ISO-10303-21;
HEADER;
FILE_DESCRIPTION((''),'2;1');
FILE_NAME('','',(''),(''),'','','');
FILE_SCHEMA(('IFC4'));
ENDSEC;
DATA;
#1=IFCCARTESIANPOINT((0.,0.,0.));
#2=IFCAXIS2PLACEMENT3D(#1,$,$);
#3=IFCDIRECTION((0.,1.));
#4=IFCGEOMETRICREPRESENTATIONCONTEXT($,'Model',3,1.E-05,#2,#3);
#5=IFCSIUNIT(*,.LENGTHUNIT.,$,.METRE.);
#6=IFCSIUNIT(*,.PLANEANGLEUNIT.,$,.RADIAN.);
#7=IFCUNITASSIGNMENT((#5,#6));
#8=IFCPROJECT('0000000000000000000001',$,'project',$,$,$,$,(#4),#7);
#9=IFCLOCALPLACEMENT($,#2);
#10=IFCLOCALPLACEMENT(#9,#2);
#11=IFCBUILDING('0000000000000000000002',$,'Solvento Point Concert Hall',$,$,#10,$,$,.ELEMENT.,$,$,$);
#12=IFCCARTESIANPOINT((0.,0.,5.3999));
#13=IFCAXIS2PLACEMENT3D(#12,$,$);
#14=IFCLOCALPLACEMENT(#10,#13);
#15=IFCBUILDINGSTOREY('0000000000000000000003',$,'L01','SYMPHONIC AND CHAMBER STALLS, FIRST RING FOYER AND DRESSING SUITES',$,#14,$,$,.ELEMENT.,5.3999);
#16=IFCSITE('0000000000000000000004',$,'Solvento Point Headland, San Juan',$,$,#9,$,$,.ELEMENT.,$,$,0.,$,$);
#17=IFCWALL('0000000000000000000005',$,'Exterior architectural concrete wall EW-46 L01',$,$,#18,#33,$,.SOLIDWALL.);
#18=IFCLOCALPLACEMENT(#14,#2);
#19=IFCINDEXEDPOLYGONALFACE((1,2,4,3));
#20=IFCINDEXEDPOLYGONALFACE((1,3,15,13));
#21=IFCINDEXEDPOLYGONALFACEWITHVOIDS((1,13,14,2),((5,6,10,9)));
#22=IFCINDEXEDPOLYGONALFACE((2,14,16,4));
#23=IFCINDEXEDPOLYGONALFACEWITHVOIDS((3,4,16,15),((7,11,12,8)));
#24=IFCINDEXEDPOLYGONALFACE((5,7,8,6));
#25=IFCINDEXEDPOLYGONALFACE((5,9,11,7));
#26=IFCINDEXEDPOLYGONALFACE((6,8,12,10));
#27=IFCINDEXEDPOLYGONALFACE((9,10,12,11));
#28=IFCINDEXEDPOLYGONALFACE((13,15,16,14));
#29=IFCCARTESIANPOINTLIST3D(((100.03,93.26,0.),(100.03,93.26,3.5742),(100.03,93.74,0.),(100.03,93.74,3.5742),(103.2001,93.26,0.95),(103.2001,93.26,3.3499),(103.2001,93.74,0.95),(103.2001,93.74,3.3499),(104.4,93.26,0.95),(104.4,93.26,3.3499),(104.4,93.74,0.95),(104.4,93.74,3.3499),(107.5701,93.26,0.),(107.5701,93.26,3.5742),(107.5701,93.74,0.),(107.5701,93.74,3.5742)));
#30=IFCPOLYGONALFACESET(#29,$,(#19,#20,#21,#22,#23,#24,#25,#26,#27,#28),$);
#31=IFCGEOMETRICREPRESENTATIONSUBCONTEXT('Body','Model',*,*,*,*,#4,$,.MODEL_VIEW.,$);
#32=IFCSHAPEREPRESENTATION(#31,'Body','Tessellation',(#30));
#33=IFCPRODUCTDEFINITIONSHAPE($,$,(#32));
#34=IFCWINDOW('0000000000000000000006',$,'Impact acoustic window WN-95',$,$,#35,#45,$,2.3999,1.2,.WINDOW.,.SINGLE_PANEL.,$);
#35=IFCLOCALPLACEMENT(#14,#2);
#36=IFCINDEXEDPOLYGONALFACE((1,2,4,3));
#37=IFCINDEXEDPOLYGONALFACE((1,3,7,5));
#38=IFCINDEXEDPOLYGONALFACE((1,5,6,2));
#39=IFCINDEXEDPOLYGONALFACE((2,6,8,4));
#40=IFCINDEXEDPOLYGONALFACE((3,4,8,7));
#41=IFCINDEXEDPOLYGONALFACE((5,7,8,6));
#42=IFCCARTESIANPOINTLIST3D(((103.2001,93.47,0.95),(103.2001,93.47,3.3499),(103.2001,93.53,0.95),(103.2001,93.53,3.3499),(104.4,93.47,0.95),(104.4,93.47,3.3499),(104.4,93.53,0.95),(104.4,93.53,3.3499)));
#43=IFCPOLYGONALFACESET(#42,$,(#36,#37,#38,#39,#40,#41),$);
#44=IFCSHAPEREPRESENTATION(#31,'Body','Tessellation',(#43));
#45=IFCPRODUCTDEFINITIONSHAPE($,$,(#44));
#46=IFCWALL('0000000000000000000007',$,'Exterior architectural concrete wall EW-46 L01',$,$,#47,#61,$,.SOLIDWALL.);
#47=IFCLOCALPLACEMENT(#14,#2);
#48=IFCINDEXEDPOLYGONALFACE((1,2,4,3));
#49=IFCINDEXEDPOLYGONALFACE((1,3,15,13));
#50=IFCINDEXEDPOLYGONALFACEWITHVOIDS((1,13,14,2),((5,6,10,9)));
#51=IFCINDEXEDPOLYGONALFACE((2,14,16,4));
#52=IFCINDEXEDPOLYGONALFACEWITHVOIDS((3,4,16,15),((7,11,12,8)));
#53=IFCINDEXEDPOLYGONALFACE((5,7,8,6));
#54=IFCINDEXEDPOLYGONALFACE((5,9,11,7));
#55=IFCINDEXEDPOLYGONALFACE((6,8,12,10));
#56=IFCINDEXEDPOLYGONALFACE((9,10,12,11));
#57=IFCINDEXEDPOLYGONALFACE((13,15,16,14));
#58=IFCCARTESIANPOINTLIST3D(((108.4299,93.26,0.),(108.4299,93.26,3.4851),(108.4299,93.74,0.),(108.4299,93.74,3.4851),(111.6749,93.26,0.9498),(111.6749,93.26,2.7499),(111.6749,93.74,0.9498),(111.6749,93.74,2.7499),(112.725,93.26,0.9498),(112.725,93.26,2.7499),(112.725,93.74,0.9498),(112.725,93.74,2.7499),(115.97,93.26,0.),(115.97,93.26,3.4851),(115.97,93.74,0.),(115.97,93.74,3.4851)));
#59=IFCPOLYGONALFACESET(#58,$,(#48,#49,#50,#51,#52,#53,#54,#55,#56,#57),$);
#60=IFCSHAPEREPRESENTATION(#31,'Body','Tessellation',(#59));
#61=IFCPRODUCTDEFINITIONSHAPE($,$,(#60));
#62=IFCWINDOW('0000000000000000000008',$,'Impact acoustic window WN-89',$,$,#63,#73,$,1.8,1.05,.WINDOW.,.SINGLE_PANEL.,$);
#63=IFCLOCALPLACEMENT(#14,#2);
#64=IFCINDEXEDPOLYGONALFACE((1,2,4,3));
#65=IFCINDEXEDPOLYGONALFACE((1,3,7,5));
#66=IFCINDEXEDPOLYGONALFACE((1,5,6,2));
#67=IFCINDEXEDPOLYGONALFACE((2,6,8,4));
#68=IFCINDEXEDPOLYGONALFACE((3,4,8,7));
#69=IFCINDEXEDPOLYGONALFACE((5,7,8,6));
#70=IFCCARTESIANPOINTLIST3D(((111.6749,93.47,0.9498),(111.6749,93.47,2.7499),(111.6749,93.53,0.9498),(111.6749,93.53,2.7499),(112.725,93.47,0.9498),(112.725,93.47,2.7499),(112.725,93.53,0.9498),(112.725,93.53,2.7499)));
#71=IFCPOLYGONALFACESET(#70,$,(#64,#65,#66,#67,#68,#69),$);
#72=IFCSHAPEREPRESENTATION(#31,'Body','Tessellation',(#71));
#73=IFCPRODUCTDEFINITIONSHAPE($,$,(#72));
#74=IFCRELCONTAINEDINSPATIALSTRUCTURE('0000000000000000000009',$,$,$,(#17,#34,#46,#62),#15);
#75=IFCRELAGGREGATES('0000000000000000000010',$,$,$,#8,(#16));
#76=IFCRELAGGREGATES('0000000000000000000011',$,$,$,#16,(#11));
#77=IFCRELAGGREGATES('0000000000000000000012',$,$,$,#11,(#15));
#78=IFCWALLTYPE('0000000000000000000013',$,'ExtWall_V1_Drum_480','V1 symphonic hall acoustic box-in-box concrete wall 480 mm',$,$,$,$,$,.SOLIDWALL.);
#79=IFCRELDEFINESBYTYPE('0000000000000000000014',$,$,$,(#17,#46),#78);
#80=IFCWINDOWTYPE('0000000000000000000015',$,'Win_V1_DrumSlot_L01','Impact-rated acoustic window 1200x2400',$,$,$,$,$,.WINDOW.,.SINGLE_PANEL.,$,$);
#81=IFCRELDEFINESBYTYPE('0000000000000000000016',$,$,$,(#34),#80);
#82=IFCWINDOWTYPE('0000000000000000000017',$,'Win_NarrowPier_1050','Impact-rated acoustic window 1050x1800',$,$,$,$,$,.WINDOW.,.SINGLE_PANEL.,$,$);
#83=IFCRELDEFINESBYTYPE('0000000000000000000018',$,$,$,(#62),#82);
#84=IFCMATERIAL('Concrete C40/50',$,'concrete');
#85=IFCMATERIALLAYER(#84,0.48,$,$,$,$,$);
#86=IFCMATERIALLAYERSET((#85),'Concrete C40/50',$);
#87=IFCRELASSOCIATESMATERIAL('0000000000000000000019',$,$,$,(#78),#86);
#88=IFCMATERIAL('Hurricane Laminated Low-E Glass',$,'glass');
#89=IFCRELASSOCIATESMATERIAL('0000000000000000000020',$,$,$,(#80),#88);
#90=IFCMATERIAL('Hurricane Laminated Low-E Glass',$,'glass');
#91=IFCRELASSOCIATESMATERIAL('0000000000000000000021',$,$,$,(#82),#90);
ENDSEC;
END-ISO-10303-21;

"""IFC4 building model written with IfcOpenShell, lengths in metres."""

from ifc_helpers import new_model, si_unit, direction, frame, frame_2d, origin, place, context, subcontext, project, spatial, rectangle, extrude, material, layer, layer_set, type_object, element, fill, save


model = new_model("IFC4")

# Units and contexts
model_context = context("Model", 3, precision=1e-05, world=origin(), true_north=direction((0.0, 1.0)))
body_context = subcontext(model_context, "Body", "Model", "MODEL_VIEW")
ifc_project = project(units=[si_unit("LENGTHUNIT", "METRE"), si_unit("PLANEANGLEUNIT", "RADIAN")], contexts=[model_context])

# Site, building, storey
site_placement = place(None, origin())
site = spatial("IfcSite", under=ifc_project, at=site_placement, Name="Solvento Point Headland, San Juan", CompositionType="ELEMENT", RefElevation=0.0)
building_placement = place(site_placement, origin())
building = spatial("IfcBuilding", under=site, at=building_placement, Name="Solvento Point Concert Hall", CompositionType="ELEMENT")
storey_placement = place(building_placement, frame((0.0, 0.0, 5.3999)))
storey = spatial("IfcBuildingStorey", under=building, at=storey_placement, Name="L01", Description="SYMPHONIC AND CHAMBER STALLS, FIRST RING FOYER AND DRESSING SUITES", CompositionType="ELEMENT", Elevation=5.3999)

# Walls, openings, windows
ifc_material_1 = material(Name="Concrete C40/50", Category="concrete")
ifc_layer_1 = layer(ifc_material_1, 0.48)
ifc_layer_set_1 = layer_set([ifc_layer_1], Name="Concrete C40/50")
wall_type_1 = type_object("IfcWallType", Name="ExtWall_V1_Drum_480", Description="V1 symphonic hall acoustic box-in-box concrete wall 480 mm", PredefinedType="SOLIDWALL", material=ifc_layer_set_1)
wall_1_placement = place(storey_placement, frame((100.03, 93.5, 0.0), z_axis=(0.0, 0.0, 1.0), x_axis=(1.0, 0.0, 0.0)))
wall_1 = element("IfcWall", 1, at=wall_1_placement, inside=storey, type_object=wall_type_1, Name="Exterior architectural concrete wall EW-46 L01", PredefinedType="SOLIDWALL", context=body_context, shape_type="SweptSolid", body=[
    extrude(rectangle(XDim=7.54, YDim=0.48, at=frame_2d((3.77, 0.0))), origin(), (0.0, 0.0, 1.0), 3.5742),
])
opening_1_placement = place(wall_1_placement, frame((3.1699, 0.0, 0.95)))
opening_1 = element("IfcOpeningElement", 2, at=opening_1_placement, cuts=wall_1, PredefinedType="OPENING", context=body_context, shape_type="SweptSolid", body=[
    extrude(rectangle(XDim=1.2, YDim=2.3999, at=frame_2d((0.6001, 1.2))), frame((0.0, 0.25, 0.0), z_axis=(0.0, -1.0, 0.0), x_axis=(1.0, 0.0, 0.0)), (0.0, 0.0, 1.0), 0.5),
])
ifc_material_2 = material(Name="Hurricane Laminated Low-E Glass", Category="glass")
window_type_1 = type_object("IfcWindowType", Name="Win_V1_DrumSlot_L01", Description="Impact-rated acoustic window 1200x2400", PartitioningType="SINGLE_PANEL", PredefinedType="WINDOW", material=ifc_material_2)
window_1_placement = place(opening_1_placement, origin())
window_1 = element("IfcWindow", 3, at=window_1_placement, inside=storey, type_object=window_type_1, Name="Impact acoustic window WN-95", OverallHeight=2.3999, OverallWidth=1.2, PartitioningType="SINGLE_PANEL", PredefinedType="WINDOW", context=body_context, shape_type="SweptSolid", body=[
    extrude(rectangle(XDim=1.2, YDim=2.3999, at=frame_2d((0.6001, 1.2))), frame((0.0, 0.03, 0.0), z_axis=(0.0, -1.0, 0.0), x_axis=(1.0, 0.0, 0.0)), (0.0, 0.0, 1.0), 0.0601),
])
fill(opening_1, window_1)
wall_2_placement = place(storey_placement, frame((108.4299, 93.5, 0.0), z_axis=(0.0, 0.0, 1.0), x_axis=(1.0, 0.0, 0.0)))
wall_2 = element("IfcWall", 4, at=wall_2_placement, inside=storey, type_object=wall_type_1, Name="Exterior architectural concrete wall EW-46 L01", PredefinedType="SOLIDWALL", context=body_context, shape_type="SweptSolid", body=[
    extrude(rectangle(XDim=7.54, YDim=0.48, at=frame_2d((3.77, 0.0))), origin(), (0.0, 0.0, 1.0), 3.4851),
])
opening_2_placement = place(wall_2_placement, frame((3.2451, 0.0, 0.95)))
opening_2 = element("IfcOpeningElement", 5, at=opening_2_placement, cuts=wall_2, PredefinedType="OPENING", context=body_context, shape_type="SweptSolid", body=[
    extrude(rectangle(XDim=1.05, YDim=1.8, at=frame_2d((0.5249, 0.8999))), frame((0.0, 0.25, 0.0), z_axis=(0.0, -1.0, 0.0), x_axis=(1.0, 0.0, 0.0)), (0.0, 0.0, 1.0), 0.5),
])
ifc_material_3 = material(Name="Hurricane Laminated Low-E Glass", Category="glass")
window_type_2 = type_object("IfcWindowType", Name="Win_NarrowPier_1050", Description="Impact-rated acoustic window 1050x1800", PartitioningType="SINGLE_PANEL", PredefinedType="WINDOW", material=ifc_material_3)
window_2_placement = place(opening_2_placement, origin())
window_2 = element("IfcWindow", 6, at=window_2_placement, inside=storey, type_object=window_type_2, Name="Impact acoustic window WN-89", OverallHeight=1.8, OverallWidth=1.05, PartitioningType="SINGLE_PANEL", PredefinedType="WINDOW", context=body_context, shape_type="SweptSolid", body=[
    extrude(rectangle(XDim=1.05, YDim=1.8, at=frame_2d((0.5249, 0.8999))), frame((0.0, 0.03, 0.0), z_axis=(0.0, -1.0, 0.0), x_axis=(1.0, 0.0, 0.0)), (0.0, 0.0, 1.0), 0.0601),
])
fill(opening_2, window_2)

save(model, "model.ifc")
